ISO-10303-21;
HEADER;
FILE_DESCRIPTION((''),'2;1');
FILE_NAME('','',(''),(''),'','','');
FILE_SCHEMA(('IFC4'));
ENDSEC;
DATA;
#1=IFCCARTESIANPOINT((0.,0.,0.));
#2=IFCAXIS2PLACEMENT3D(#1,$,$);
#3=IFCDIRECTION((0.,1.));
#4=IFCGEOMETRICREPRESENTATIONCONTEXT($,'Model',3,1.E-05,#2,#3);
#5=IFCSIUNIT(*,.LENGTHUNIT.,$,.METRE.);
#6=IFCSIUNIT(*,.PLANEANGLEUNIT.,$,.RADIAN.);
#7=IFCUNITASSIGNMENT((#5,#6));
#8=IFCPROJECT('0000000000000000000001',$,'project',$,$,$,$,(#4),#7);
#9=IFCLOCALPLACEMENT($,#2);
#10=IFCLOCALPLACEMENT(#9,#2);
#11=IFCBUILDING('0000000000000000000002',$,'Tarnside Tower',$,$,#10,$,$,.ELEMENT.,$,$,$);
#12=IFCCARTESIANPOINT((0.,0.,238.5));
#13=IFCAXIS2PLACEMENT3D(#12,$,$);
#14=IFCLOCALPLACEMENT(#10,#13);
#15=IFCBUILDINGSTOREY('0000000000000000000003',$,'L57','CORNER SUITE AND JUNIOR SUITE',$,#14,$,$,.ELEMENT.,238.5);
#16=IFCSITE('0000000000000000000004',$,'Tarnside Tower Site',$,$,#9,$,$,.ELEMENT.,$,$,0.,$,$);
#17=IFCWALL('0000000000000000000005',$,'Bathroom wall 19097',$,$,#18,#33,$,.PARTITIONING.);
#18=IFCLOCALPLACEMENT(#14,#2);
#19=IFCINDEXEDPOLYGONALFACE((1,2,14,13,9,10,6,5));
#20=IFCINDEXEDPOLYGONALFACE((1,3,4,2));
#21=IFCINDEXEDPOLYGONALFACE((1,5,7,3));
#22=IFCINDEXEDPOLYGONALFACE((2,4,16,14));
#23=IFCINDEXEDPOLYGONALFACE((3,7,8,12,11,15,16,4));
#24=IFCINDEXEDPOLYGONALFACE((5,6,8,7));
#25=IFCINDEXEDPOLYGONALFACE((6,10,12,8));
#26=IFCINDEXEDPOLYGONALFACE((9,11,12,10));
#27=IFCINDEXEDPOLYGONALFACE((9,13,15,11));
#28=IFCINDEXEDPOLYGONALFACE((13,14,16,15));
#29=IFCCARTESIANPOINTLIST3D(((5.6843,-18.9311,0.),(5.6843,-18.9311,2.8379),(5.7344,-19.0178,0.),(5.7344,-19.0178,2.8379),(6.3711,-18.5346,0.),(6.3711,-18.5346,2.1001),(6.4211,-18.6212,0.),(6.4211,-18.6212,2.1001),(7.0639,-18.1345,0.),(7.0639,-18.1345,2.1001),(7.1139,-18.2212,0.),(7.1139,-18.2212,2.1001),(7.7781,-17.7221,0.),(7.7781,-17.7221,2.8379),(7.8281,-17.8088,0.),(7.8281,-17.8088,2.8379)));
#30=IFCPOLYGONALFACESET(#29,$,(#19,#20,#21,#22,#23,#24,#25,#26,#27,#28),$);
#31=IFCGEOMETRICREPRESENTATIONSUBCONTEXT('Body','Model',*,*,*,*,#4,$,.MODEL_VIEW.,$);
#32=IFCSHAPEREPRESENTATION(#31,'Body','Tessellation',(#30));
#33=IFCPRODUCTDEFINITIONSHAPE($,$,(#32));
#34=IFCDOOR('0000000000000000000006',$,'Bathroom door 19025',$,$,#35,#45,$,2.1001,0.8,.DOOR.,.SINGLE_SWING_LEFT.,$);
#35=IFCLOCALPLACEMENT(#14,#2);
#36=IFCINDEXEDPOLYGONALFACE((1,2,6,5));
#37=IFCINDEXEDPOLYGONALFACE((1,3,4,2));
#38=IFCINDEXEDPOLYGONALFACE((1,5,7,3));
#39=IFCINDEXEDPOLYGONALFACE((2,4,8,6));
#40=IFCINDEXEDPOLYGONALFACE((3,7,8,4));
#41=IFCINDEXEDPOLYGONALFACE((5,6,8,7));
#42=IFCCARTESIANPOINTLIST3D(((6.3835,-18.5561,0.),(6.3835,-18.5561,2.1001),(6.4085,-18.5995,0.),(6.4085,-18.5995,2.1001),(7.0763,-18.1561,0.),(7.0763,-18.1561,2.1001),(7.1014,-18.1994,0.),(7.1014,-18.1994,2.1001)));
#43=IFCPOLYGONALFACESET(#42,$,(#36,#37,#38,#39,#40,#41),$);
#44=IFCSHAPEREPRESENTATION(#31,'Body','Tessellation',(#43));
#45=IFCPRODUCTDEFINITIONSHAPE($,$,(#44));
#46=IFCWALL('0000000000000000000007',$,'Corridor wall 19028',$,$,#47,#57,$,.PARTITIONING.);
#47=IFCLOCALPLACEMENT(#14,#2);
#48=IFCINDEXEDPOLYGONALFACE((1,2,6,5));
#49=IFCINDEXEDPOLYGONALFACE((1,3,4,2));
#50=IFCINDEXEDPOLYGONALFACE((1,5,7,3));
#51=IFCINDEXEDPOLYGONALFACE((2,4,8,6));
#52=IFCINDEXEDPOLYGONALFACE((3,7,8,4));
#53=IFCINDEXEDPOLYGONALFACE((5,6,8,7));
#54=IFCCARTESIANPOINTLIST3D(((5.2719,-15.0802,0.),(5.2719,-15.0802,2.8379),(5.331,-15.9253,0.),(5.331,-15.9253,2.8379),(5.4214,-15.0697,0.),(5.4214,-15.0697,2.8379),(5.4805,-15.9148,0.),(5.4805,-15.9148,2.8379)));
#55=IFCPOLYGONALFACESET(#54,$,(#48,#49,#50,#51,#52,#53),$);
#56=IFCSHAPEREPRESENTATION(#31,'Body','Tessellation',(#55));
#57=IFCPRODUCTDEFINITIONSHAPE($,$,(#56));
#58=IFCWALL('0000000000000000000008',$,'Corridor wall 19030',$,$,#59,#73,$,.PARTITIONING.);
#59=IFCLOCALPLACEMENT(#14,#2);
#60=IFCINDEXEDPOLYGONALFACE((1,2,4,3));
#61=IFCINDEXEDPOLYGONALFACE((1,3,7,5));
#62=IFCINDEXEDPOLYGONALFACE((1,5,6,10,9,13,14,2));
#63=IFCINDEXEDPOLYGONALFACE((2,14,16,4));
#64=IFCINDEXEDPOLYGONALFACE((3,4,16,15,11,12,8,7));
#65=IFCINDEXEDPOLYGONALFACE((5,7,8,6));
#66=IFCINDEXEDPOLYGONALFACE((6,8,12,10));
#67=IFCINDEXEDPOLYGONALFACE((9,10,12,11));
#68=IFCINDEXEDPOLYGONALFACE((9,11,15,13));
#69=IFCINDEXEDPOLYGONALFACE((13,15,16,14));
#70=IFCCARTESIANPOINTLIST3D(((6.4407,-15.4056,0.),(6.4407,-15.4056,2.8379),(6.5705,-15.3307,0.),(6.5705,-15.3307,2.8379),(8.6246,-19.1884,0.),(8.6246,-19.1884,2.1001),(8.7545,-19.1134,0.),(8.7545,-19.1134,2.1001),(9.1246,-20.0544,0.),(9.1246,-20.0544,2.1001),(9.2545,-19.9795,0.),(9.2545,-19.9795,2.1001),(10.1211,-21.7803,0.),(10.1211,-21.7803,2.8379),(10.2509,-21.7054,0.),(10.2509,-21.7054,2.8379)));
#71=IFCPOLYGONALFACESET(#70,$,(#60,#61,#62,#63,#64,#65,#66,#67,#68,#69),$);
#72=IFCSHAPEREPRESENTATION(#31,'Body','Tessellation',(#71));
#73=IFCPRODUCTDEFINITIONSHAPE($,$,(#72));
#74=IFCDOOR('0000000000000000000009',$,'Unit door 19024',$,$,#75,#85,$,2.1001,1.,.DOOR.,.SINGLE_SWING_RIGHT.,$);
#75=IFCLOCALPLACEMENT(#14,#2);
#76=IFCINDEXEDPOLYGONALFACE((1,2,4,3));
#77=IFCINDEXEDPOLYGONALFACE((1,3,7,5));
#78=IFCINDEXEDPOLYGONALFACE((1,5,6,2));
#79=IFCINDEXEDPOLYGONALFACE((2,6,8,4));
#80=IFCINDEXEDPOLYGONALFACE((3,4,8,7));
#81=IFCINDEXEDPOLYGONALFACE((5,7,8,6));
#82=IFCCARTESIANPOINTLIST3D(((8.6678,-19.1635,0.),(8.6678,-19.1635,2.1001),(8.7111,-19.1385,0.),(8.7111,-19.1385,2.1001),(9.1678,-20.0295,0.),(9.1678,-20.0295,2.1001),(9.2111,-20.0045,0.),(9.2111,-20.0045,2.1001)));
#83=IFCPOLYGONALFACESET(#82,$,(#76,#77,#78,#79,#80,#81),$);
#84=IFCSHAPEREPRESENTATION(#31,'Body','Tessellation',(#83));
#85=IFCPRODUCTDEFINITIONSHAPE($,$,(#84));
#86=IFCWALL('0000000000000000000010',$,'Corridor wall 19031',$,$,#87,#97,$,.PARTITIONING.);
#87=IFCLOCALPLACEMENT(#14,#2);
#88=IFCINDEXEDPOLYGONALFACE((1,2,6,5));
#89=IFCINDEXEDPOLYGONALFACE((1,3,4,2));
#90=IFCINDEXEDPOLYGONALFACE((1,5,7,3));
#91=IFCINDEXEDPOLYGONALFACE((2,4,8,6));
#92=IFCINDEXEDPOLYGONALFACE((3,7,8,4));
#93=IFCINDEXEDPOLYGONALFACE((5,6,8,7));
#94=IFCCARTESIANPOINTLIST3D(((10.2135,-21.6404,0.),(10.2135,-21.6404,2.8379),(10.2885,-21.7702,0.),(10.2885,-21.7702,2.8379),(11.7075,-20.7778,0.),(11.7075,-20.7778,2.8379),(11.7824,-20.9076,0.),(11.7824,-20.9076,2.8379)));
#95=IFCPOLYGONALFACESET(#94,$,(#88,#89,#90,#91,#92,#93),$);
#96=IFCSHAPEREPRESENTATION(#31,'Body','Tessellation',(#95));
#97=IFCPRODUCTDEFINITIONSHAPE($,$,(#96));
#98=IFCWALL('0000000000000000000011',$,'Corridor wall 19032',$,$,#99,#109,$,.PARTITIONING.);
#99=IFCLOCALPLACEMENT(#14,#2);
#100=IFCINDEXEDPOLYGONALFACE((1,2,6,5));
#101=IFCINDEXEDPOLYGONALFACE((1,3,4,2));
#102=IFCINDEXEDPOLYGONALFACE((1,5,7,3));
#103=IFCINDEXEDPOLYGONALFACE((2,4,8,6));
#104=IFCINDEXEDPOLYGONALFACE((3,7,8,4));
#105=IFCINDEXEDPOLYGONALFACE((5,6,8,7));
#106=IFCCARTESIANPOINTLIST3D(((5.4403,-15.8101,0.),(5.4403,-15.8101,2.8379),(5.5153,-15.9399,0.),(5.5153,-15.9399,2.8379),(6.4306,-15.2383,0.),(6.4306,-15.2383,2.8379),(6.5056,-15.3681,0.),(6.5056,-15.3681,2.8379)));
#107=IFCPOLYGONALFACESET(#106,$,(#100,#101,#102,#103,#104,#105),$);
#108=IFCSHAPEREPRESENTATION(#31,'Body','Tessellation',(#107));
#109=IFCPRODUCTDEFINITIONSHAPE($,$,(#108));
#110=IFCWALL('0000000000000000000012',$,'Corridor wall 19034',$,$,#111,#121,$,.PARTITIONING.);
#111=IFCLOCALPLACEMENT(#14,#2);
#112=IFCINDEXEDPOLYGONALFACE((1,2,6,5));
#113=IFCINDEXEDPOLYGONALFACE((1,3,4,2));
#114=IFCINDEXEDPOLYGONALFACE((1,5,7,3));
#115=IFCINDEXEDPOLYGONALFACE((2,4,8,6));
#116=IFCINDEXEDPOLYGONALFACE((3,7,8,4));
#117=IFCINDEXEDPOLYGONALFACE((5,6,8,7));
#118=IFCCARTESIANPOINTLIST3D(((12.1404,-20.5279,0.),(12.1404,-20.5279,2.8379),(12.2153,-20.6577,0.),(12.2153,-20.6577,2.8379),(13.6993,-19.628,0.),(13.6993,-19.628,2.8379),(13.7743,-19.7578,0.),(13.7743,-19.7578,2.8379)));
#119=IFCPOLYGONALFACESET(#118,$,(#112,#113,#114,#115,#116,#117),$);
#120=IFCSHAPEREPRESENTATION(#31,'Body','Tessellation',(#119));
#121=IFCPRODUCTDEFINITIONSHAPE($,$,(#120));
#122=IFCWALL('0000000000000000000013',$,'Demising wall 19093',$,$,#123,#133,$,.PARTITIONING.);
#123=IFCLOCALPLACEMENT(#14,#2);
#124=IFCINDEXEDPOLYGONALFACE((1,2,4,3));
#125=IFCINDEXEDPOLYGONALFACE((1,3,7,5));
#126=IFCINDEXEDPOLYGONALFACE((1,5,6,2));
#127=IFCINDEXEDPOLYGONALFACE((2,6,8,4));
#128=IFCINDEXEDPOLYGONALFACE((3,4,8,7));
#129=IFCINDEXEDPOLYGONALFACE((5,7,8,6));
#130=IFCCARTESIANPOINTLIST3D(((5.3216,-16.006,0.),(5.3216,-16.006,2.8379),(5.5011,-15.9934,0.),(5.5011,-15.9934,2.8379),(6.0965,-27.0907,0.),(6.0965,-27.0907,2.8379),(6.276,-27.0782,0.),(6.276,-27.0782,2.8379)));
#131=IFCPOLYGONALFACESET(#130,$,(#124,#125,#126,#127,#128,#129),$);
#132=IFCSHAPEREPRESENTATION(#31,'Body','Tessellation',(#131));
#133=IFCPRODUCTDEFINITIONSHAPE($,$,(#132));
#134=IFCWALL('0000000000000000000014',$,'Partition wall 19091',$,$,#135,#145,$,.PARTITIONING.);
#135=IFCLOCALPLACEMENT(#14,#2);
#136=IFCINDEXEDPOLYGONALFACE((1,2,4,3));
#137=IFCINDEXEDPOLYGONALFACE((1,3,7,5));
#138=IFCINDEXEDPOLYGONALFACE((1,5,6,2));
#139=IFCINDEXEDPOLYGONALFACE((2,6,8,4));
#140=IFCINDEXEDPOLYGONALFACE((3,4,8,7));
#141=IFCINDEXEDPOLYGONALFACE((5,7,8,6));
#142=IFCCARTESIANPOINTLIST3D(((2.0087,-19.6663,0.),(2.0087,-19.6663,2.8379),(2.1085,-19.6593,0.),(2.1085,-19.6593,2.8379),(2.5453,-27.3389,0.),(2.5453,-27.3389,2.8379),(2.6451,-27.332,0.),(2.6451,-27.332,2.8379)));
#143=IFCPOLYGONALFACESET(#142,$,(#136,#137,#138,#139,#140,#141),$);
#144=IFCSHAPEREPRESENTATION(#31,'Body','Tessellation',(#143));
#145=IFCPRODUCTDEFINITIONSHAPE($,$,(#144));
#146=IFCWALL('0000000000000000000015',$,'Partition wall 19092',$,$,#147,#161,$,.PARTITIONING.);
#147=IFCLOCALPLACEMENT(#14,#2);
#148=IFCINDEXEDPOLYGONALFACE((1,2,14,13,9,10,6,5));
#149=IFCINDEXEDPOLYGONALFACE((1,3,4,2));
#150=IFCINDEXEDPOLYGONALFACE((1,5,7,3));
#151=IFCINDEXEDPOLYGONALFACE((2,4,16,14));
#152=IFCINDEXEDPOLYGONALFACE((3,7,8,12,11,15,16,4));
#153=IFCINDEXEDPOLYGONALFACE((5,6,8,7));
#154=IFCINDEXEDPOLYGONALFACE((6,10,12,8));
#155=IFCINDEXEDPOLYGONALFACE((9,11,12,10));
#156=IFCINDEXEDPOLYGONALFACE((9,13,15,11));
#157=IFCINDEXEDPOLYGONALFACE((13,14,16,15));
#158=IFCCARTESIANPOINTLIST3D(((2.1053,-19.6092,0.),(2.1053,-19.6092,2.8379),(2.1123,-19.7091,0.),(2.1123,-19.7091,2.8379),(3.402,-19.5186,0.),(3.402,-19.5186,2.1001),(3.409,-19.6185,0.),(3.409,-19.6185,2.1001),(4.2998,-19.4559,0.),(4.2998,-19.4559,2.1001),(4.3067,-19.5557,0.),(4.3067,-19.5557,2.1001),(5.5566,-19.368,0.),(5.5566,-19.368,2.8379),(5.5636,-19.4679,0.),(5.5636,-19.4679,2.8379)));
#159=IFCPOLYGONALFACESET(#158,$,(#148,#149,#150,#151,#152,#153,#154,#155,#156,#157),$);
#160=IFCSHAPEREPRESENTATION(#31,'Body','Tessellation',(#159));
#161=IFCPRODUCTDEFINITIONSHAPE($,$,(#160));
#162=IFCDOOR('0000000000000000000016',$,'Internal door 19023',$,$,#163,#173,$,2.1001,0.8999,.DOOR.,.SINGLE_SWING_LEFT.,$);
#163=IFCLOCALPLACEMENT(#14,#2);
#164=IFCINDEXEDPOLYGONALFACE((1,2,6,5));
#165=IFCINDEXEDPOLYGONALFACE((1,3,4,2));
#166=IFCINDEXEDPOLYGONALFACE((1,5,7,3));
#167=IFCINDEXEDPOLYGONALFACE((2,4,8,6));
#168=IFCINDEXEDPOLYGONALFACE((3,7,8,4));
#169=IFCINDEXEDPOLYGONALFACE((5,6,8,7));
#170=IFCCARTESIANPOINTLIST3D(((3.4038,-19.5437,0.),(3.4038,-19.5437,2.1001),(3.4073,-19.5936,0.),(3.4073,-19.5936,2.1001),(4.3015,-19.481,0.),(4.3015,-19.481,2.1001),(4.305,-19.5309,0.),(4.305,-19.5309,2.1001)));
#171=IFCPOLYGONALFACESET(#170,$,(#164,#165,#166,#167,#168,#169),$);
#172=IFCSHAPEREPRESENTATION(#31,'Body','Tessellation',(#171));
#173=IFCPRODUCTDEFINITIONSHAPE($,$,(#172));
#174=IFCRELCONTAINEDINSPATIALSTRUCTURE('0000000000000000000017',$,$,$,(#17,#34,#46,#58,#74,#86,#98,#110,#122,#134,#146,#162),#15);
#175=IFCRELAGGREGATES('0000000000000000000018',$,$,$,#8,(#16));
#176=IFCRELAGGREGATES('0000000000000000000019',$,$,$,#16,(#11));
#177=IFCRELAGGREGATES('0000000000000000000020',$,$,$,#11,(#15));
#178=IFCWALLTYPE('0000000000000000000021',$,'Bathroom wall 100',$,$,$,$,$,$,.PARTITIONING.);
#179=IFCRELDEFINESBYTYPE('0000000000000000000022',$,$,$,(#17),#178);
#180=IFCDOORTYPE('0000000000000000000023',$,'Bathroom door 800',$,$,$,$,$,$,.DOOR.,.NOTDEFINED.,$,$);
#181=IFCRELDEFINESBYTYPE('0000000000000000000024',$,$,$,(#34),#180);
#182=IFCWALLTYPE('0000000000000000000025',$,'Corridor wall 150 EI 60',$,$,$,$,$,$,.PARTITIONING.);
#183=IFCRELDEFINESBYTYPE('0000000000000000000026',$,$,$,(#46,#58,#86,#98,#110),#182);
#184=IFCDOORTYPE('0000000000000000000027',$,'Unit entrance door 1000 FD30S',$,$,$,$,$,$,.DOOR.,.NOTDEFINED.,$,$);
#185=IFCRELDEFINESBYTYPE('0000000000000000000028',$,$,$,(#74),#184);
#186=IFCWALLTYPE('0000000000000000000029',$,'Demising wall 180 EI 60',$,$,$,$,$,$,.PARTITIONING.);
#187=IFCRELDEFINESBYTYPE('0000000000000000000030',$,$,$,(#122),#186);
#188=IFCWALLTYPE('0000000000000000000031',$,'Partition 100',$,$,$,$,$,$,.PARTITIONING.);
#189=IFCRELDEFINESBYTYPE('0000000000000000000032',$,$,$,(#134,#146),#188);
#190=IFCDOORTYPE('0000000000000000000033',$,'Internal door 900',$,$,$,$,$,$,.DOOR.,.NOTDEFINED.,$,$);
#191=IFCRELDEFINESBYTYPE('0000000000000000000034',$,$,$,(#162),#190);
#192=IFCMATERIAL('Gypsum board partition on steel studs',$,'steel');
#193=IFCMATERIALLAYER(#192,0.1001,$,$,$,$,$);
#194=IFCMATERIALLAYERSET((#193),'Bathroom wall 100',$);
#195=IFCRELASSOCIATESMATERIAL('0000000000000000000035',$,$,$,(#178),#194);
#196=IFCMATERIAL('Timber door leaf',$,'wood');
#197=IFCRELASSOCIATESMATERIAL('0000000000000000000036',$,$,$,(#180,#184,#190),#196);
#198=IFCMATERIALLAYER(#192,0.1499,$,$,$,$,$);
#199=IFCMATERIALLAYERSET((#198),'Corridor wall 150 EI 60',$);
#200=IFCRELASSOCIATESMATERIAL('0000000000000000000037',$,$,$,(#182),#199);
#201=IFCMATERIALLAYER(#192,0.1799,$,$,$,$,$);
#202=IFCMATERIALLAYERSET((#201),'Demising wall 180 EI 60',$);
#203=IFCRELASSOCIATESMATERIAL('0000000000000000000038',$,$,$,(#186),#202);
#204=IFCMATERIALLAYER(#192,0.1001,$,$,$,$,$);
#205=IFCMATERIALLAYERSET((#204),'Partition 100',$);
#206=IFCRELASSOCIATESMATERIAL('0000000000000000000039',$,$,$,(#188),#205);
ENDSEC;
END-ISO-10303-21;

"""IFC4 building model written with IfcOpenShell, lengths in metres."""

from ifc_helpers import new_model, si_unit, direction, frame, frame_2d, origin, place, context, subcontext, project, spatial, rectangle, extrude, material, layer, layer_set, type_object, element, fill, save


model = new_model("IFC4")

# Units and contexts
model_context = context("Model", 3, precision=1e-05, world=origin(), true_north=direction((0.0, 1.0)))
body_context = subcontext(model_context, "Body", "Model", "MODEL_VIEW")
ifc_project = project(units=[si_unit("LENGTHUNIT", "METRE"), si_unit("PLANEANGLEUNIT", "RADIAN")], contexts=[model_context])

# Site, building, storey
site_placement = place(None, origin())
site = spatial("IfcSite", under=ifc_project, at=site_placement, Name="Tarnside Tower Site", CompositionType="ELEMENT", RefElevation=0.0)
building_placement = place(site_placement, origin())
building = spatial("IfcBuilding", under=site, at=building_placement, Name="Tarnside Tower", CompositionType="ELEMENT")
storey_placement = place(building_placement, frame((0.0, 0.0, 238.5)))
storey = spatial("IfcBuildingStorey", under=building, at=storey_placement, Name="L57", Description="CORNER SUITE AND JUNIOR SUITE", CompositionType="ELEMENT", Elevation=238.5)

# Wall, opening, door
ifc_material_1 = material(Name="Gypsum board partition on steel studs", Category="steel")
ifc_layer_1 = layer(ifc_material_1, 0.1001)
ifc_layer_set_1 = layer_set([ifc_layer_1], Name="Bathroom wall 100")
wall_type_1 = type_object("IfcWallType", Name="Bathroom wall 100", PredefinedType="PARTITIONING", material=ifc_layer_set_1)
wall_1_placement = place(storey_placement, frame((7.8032, -17.7654, 0.0), z_axis=(0.0, 0.0, 1.0), x_axis=(-0.865997, -0.500049, 0.0)))
wall_1 = element("IfcWall", 1, at=wall_1_placement, inside=storey, type_object=wall_type_1, Name="Bathroom wall 19097", PredefinedType="PARTITIONING", context=body_context, shape_type="SweptSolid", body=[
    extrude(rectangle(XDim=2.4177, YDim=0.1001, at=frame_2d((1.209, 0.0))), origin(), (0.0, 0.0, 1.0), 2.8379),
])
opening_1_placement = place(wall_1_placement, frame((0.825, 0.0, 0.0)))
opening_1 = element("IfcOpeningElement", 2, at=opening_1_placement, cuts=wall_1, PredefinedType="OPENING", context=body_context, shape_type="SweptSolid", body=[
    extrude(rectangle(XDim=0.8, YDim=2.1001, at=frame_2d((0.3999, 1.05))), frame((0.0, 0.0601, 0.0), z_axis=(0.0, -1.0, 0.0), x_axis=(1.0, 0.0, 0.0)), (0.0, 0.0, 1.0), 0.1201),
])
ifc_material_2 = material(Name="Timber door leaf", Category="wood")
door_type_1 = type_object("IfcDoorType", Name="Bathroom door 800", OperationType="NOTDEFINED", PredefinedType="DOOR", material=ifc_material_2)
door_1_placement = place(opening_1_placement, origin())
door_1 = element("IfcDoor", 3, at=door_1_placement, inside=storey, type_object=door_type_1, Name="Bathroom door 19025", OperationType="SINGLE_SWING_LEFT", OverallHeight=2.1001, OverallWidth=0.8, PredefinedType="DOOR", context=body_context, shape_type="SweptSolid", body=[
    extrude(rectangle(XDim=0.8, YDim=2.1001, at=frame_2d((0.3999, 1.05))), frame((0.0, 0.0249, 0.0), z_axis=(0.0, -1.0, 0.0), x_axis=(1.0, 0.0, 0.0)), (0.0, 0.0, 1.0), 0.05),
])
fill(opening_1, door_1)

# Wall
ifc_layer_2 = layer(ifc_material_1, 0.1499)
ifc_layer_set_2 = layer_set([ifc_layer_2], Name="Corridor wall 150 EI 60")
wall_type_2 = type_object("IfcWallType", Name="Corridor wall 150 EI 60", PredefinedType="PARTITIONING", material=ifc_layer_set_2)
wall_2_placement = place(storey_placement, frame((5.3467, -15.075, 0.0), z_axis=(0.0, 0.0, 1.0), x_axis=(0.069732, -0.997566, 0.0)))
element("IfcWall", 4, at=wall_2_placement, inside=storey, type_object=wall_type_2, Name="Corridor wall 19028", PredefinedType="PARTITIONING", context=body_context, shape_type="SweptSolid", body=[
    extrude(rectangle(XDim=0.8472, YDim=0.1499, at=frame_2d((0.4236, 0.0))), origin(), (0.0, 0.0, 1.0), 2.8379),
])

# Wall, opening, door
wall_3_placement = place(storey_placement, frame((6.5056, -15.3682, 0.0), z_axis=(0.0, 0.0, 1.0), x_axis=(0.499995, -0.866028, 0.0)))
wall_3 = element("IfcWall", 5, at=wall_3_placement, inside=storey, type_object=wall_type_2, Name="Corridor wall 19030", PredefinedType="PARTITIONING", context=body_context, shape_type="SweptSolid", body=[
    extrude(rectangle(XDim=7.3608, YDim=0.1499, at=frame_2d((3.6804, 0.0))), origin(), (0.0, 0.0, 1.0), 2.8379),
])
opening_2_placement = place(wall_3_placement, frame((4.3679, 0.0, 0.0)))
opening_2 = element("IfcOpeningElement", 6, at=opening_2_placement, cuts=wall_3, PredefinedType="OPENING", context=body_context, shape_type="SweptSolid", body=[
    extrude(rectangle(XDim=1.0, YDim=2.1001, at=frame_2d((0.5, 1.05))), frame((0.0, 0.085, 0.0), z_axis=(0.0, -1.0, 0.0), x_axis=(1.0, 0.0, 0.0)), (0.0, 0.0, 1.0), 0.1699),
])
door_type_2 = type_object("IfcDoorType", Name="Unit entrance door 1000 FD30S", OperationType="NOTDEFINED", PredefinedType="DOOR", material=ifc_material_2)
door_2_placement = place(opening_2_placement, origin())
door_2 = element("IfcDoor", 7, at=door_2_placement, inside=storey, type_object=door_type_2, Name="Unit door 19024", OperationType="SINGLE_SWING_RIGHT", OverallHeight=2.1001, OverallWidth=1.0, PredefinedType="DOOR", context=body_context, shape_type="SweptSolid", body=[
    extrude(rectangle(XDim=1.0, YDim=2.1001, at=frame_2d((0.5, 1.05))), frame((0.0, 0.0249, 0.0), z_axis=(0.0, -1.0, 0.0), x_axis=(1.0, 0.0, 0.0)), (0.0, 0.0, 1.0), 0.05),
])
fill(opening_2, door_2)

# Walls
wall_4_placement = place(storey_placement, frame((10.251, -21.7053, 0.0), z_axis=(0.0, 0.0, 1.0), x_axis=(0.866014, 0.500021, 0.0)))
element("IfcWall", 8, at=wall_4_placement, inside=storey, type_object=wall_type_2, Name="Corridor wall 19031", PredefinedType="PARTITIONING", context=body_context, shape_type="SweptSolid", body=[
    extrude(rectangle(XDim=1.7251, YDim=0.1499, at=frame_2d((0.8625, 0.0))), origin(), (0.0, 0.0, 1.0), 2.8379),
])
wall_5_placement = place(storey_placement, frame((5.4778, -15.875, 0.0), z_axis=(0.0, 0.0, 1.0), x_axis=(0.866001, 0.500043, 0.0)))
element("IfcWall", 9, at=wall_5_placement, inside=storey, type_object=wall_type_2, Name="Corridor wall 19032", PredefinedType="PARTITIONING", context=body_context, shape_type="SweptSolid", body=[
    extrude(rectangle(XDim=1.1436, YDim=0.1499, at=frame_2d((0.5718, 0.0))), origin(), (0.0, 0.0, 1.0), 2.8379),
])
wall_6_placement = place(storey_placement, frame((12.178, -20.5928, 0.0), z_axis=(0.0, 0.0, 1.0), x_axis=(0.866048, 0.499961, 0.0)))
element("IfcWall", 10, at=wall_6_placement, inside=storey, type_object=wall_type_2, Name="Corridor wall 19034", PredefinedType="PARTITIONING", context=body_context, shape_type="SweptSolid", body=[
    extrude(rectangle(XDim=1.8, YDim=0.1499, at=frame_2d((0.8999, 0.0))), origin(), (0.0, 0.0, 1.0), 2.8379),
])
ifc_layer_3 = layer(ifc_material_1, 0.1799)
ifc_layer_set_3 = layer_set([ifc_layer_3], Name="Demising wall 180 EI 60")
wall_type_3 = type_object("IfcWallType", Name="Demising wall 180 EI 60", PredefinedType="PARTITIONING", material=ifc_layer_set_3)
wall_7_placement = place(storey_placement, frame((6.1863, -27.0845, 0.0), z_axis=(0.0, 0.0, 1.0), x_axis=(-0.069737, 0.997565, 0.0)))
element("IfcWall", 11, at=wall_7_placement, inside=storey, type_object=wall_type_3, Name="Demising wall 19093", PredefinedType="PARTITIONING", context=body_context, shape_type="SweptSolid", body=[
    extrude(rectangle(XDim=11.1118, YDim=0.1799, at=frame_2d((5.5559, 0.0))), origin(), (0.0, 0.0, 1.0), 2.8379),
])
ifc_layer_4 = layer(ifc_material_1, 0.1001)
ifc_layer_set_4 = layer_set([ifc_layer_4], Name="Partition 100")
wall_type_4 = type_object("IfcWallType", Name="Partition 100", PredefinedType="PARTITIONING", material=ifc_layer_set_4)
wall_8_placement = place(storey_placement, frame((2.5952, -27.3354, 0.0), z_axis=(0.0, 0.0, 1.0), x_axis=(-0.069769, 0.997563, 0.0)))
element("IfcWall", 12, at=wall_8_placement, inside=storey, type_object=wall_type_4, Name="Partition wall 19091", PredefinedType="PARTITIONING", context=body_context, shape_type="SweptSolid", body=[
    extrude(rectangle(XDim=7.6914, YDim=0.1001, at=frame_2d((3.8457, 0.0))), origin(), (0.0, 0.0, 1.0), 2.8379),
])

# Wall, opening, door
wall_9_placement = place(storey_placement, frame((2.1086, -19.6592, 0.0), z_axis=(0.0, 0.0, 1.0), x_axis=(0.997567, 0.069717, 0.0)))
wall_9 = element("IfcWall", 13, at=wall_9_placement, inside=storey, type_object=wall_type_4, Name="Partition wall 19092", PredefinedType="PARTITIONING", context=body_context, shape_type="SweptSolid", body=[
    extrude(rectangle(XDim=3.4597, YDim=0.1001, at=frame_2d((1.73, 0.0))), origin(), (0.0, 0.0, 1.0), 2.8379),
])
opening_3_placement = place(wall_9_placement, frame((1.3, 0.0, 0.0)))
opening_3 = element("IfcOpeningElement", 14, at=opening_3_placement, cuts=wall_9, PredefinedType="OPENING", context=body_context, shape_type="SweptSolid", body=[
    extrude(rectangle(XDim=0.8999, YDim=2.1001, at=frame_2d((0.45, 1.05))), frame((0.0, 0.0601, 0.0), z_axis=(0.0, -1.0, 0.0), x_axis=(1.0, 0.0, 0.0)), (0.0, 0.0, 1.0), 0.1201),
])
door_type_3 = type_object("IfcDoorType", Name="Internal door 900", OperationType="NOTDEFINED", PredefinedType="DOOR", material=ifc_material_2)
door_3_placement = place(opening_3_placement, origin())
door_3 = element("IfcDoor", 15, at=door_3_placement, inside=storey, type_object=door_type_3, Name="Internal door 19023", OperationType="SINGLE_SWING_LEFT", OverallHeight=2.1001, OverallWidth=0.8999, PredefinedType="DOOR", context=body_context, shape_type="SweptSolid", body=[
    extrude(rectangle(XDim=0.8999, YDim=2.1001, at=frame_2d((0.45, 1.05))), frame((0.0, 0.0249, 0.0), z_axis=(0.0, -1.0, 0.0), x_axis=(1.0, 0.0, 0.0)), (0.0, 0.0, 1.0), 0.05),
])
fill(opening_3, door_3)

save(model, "model.ifc")
